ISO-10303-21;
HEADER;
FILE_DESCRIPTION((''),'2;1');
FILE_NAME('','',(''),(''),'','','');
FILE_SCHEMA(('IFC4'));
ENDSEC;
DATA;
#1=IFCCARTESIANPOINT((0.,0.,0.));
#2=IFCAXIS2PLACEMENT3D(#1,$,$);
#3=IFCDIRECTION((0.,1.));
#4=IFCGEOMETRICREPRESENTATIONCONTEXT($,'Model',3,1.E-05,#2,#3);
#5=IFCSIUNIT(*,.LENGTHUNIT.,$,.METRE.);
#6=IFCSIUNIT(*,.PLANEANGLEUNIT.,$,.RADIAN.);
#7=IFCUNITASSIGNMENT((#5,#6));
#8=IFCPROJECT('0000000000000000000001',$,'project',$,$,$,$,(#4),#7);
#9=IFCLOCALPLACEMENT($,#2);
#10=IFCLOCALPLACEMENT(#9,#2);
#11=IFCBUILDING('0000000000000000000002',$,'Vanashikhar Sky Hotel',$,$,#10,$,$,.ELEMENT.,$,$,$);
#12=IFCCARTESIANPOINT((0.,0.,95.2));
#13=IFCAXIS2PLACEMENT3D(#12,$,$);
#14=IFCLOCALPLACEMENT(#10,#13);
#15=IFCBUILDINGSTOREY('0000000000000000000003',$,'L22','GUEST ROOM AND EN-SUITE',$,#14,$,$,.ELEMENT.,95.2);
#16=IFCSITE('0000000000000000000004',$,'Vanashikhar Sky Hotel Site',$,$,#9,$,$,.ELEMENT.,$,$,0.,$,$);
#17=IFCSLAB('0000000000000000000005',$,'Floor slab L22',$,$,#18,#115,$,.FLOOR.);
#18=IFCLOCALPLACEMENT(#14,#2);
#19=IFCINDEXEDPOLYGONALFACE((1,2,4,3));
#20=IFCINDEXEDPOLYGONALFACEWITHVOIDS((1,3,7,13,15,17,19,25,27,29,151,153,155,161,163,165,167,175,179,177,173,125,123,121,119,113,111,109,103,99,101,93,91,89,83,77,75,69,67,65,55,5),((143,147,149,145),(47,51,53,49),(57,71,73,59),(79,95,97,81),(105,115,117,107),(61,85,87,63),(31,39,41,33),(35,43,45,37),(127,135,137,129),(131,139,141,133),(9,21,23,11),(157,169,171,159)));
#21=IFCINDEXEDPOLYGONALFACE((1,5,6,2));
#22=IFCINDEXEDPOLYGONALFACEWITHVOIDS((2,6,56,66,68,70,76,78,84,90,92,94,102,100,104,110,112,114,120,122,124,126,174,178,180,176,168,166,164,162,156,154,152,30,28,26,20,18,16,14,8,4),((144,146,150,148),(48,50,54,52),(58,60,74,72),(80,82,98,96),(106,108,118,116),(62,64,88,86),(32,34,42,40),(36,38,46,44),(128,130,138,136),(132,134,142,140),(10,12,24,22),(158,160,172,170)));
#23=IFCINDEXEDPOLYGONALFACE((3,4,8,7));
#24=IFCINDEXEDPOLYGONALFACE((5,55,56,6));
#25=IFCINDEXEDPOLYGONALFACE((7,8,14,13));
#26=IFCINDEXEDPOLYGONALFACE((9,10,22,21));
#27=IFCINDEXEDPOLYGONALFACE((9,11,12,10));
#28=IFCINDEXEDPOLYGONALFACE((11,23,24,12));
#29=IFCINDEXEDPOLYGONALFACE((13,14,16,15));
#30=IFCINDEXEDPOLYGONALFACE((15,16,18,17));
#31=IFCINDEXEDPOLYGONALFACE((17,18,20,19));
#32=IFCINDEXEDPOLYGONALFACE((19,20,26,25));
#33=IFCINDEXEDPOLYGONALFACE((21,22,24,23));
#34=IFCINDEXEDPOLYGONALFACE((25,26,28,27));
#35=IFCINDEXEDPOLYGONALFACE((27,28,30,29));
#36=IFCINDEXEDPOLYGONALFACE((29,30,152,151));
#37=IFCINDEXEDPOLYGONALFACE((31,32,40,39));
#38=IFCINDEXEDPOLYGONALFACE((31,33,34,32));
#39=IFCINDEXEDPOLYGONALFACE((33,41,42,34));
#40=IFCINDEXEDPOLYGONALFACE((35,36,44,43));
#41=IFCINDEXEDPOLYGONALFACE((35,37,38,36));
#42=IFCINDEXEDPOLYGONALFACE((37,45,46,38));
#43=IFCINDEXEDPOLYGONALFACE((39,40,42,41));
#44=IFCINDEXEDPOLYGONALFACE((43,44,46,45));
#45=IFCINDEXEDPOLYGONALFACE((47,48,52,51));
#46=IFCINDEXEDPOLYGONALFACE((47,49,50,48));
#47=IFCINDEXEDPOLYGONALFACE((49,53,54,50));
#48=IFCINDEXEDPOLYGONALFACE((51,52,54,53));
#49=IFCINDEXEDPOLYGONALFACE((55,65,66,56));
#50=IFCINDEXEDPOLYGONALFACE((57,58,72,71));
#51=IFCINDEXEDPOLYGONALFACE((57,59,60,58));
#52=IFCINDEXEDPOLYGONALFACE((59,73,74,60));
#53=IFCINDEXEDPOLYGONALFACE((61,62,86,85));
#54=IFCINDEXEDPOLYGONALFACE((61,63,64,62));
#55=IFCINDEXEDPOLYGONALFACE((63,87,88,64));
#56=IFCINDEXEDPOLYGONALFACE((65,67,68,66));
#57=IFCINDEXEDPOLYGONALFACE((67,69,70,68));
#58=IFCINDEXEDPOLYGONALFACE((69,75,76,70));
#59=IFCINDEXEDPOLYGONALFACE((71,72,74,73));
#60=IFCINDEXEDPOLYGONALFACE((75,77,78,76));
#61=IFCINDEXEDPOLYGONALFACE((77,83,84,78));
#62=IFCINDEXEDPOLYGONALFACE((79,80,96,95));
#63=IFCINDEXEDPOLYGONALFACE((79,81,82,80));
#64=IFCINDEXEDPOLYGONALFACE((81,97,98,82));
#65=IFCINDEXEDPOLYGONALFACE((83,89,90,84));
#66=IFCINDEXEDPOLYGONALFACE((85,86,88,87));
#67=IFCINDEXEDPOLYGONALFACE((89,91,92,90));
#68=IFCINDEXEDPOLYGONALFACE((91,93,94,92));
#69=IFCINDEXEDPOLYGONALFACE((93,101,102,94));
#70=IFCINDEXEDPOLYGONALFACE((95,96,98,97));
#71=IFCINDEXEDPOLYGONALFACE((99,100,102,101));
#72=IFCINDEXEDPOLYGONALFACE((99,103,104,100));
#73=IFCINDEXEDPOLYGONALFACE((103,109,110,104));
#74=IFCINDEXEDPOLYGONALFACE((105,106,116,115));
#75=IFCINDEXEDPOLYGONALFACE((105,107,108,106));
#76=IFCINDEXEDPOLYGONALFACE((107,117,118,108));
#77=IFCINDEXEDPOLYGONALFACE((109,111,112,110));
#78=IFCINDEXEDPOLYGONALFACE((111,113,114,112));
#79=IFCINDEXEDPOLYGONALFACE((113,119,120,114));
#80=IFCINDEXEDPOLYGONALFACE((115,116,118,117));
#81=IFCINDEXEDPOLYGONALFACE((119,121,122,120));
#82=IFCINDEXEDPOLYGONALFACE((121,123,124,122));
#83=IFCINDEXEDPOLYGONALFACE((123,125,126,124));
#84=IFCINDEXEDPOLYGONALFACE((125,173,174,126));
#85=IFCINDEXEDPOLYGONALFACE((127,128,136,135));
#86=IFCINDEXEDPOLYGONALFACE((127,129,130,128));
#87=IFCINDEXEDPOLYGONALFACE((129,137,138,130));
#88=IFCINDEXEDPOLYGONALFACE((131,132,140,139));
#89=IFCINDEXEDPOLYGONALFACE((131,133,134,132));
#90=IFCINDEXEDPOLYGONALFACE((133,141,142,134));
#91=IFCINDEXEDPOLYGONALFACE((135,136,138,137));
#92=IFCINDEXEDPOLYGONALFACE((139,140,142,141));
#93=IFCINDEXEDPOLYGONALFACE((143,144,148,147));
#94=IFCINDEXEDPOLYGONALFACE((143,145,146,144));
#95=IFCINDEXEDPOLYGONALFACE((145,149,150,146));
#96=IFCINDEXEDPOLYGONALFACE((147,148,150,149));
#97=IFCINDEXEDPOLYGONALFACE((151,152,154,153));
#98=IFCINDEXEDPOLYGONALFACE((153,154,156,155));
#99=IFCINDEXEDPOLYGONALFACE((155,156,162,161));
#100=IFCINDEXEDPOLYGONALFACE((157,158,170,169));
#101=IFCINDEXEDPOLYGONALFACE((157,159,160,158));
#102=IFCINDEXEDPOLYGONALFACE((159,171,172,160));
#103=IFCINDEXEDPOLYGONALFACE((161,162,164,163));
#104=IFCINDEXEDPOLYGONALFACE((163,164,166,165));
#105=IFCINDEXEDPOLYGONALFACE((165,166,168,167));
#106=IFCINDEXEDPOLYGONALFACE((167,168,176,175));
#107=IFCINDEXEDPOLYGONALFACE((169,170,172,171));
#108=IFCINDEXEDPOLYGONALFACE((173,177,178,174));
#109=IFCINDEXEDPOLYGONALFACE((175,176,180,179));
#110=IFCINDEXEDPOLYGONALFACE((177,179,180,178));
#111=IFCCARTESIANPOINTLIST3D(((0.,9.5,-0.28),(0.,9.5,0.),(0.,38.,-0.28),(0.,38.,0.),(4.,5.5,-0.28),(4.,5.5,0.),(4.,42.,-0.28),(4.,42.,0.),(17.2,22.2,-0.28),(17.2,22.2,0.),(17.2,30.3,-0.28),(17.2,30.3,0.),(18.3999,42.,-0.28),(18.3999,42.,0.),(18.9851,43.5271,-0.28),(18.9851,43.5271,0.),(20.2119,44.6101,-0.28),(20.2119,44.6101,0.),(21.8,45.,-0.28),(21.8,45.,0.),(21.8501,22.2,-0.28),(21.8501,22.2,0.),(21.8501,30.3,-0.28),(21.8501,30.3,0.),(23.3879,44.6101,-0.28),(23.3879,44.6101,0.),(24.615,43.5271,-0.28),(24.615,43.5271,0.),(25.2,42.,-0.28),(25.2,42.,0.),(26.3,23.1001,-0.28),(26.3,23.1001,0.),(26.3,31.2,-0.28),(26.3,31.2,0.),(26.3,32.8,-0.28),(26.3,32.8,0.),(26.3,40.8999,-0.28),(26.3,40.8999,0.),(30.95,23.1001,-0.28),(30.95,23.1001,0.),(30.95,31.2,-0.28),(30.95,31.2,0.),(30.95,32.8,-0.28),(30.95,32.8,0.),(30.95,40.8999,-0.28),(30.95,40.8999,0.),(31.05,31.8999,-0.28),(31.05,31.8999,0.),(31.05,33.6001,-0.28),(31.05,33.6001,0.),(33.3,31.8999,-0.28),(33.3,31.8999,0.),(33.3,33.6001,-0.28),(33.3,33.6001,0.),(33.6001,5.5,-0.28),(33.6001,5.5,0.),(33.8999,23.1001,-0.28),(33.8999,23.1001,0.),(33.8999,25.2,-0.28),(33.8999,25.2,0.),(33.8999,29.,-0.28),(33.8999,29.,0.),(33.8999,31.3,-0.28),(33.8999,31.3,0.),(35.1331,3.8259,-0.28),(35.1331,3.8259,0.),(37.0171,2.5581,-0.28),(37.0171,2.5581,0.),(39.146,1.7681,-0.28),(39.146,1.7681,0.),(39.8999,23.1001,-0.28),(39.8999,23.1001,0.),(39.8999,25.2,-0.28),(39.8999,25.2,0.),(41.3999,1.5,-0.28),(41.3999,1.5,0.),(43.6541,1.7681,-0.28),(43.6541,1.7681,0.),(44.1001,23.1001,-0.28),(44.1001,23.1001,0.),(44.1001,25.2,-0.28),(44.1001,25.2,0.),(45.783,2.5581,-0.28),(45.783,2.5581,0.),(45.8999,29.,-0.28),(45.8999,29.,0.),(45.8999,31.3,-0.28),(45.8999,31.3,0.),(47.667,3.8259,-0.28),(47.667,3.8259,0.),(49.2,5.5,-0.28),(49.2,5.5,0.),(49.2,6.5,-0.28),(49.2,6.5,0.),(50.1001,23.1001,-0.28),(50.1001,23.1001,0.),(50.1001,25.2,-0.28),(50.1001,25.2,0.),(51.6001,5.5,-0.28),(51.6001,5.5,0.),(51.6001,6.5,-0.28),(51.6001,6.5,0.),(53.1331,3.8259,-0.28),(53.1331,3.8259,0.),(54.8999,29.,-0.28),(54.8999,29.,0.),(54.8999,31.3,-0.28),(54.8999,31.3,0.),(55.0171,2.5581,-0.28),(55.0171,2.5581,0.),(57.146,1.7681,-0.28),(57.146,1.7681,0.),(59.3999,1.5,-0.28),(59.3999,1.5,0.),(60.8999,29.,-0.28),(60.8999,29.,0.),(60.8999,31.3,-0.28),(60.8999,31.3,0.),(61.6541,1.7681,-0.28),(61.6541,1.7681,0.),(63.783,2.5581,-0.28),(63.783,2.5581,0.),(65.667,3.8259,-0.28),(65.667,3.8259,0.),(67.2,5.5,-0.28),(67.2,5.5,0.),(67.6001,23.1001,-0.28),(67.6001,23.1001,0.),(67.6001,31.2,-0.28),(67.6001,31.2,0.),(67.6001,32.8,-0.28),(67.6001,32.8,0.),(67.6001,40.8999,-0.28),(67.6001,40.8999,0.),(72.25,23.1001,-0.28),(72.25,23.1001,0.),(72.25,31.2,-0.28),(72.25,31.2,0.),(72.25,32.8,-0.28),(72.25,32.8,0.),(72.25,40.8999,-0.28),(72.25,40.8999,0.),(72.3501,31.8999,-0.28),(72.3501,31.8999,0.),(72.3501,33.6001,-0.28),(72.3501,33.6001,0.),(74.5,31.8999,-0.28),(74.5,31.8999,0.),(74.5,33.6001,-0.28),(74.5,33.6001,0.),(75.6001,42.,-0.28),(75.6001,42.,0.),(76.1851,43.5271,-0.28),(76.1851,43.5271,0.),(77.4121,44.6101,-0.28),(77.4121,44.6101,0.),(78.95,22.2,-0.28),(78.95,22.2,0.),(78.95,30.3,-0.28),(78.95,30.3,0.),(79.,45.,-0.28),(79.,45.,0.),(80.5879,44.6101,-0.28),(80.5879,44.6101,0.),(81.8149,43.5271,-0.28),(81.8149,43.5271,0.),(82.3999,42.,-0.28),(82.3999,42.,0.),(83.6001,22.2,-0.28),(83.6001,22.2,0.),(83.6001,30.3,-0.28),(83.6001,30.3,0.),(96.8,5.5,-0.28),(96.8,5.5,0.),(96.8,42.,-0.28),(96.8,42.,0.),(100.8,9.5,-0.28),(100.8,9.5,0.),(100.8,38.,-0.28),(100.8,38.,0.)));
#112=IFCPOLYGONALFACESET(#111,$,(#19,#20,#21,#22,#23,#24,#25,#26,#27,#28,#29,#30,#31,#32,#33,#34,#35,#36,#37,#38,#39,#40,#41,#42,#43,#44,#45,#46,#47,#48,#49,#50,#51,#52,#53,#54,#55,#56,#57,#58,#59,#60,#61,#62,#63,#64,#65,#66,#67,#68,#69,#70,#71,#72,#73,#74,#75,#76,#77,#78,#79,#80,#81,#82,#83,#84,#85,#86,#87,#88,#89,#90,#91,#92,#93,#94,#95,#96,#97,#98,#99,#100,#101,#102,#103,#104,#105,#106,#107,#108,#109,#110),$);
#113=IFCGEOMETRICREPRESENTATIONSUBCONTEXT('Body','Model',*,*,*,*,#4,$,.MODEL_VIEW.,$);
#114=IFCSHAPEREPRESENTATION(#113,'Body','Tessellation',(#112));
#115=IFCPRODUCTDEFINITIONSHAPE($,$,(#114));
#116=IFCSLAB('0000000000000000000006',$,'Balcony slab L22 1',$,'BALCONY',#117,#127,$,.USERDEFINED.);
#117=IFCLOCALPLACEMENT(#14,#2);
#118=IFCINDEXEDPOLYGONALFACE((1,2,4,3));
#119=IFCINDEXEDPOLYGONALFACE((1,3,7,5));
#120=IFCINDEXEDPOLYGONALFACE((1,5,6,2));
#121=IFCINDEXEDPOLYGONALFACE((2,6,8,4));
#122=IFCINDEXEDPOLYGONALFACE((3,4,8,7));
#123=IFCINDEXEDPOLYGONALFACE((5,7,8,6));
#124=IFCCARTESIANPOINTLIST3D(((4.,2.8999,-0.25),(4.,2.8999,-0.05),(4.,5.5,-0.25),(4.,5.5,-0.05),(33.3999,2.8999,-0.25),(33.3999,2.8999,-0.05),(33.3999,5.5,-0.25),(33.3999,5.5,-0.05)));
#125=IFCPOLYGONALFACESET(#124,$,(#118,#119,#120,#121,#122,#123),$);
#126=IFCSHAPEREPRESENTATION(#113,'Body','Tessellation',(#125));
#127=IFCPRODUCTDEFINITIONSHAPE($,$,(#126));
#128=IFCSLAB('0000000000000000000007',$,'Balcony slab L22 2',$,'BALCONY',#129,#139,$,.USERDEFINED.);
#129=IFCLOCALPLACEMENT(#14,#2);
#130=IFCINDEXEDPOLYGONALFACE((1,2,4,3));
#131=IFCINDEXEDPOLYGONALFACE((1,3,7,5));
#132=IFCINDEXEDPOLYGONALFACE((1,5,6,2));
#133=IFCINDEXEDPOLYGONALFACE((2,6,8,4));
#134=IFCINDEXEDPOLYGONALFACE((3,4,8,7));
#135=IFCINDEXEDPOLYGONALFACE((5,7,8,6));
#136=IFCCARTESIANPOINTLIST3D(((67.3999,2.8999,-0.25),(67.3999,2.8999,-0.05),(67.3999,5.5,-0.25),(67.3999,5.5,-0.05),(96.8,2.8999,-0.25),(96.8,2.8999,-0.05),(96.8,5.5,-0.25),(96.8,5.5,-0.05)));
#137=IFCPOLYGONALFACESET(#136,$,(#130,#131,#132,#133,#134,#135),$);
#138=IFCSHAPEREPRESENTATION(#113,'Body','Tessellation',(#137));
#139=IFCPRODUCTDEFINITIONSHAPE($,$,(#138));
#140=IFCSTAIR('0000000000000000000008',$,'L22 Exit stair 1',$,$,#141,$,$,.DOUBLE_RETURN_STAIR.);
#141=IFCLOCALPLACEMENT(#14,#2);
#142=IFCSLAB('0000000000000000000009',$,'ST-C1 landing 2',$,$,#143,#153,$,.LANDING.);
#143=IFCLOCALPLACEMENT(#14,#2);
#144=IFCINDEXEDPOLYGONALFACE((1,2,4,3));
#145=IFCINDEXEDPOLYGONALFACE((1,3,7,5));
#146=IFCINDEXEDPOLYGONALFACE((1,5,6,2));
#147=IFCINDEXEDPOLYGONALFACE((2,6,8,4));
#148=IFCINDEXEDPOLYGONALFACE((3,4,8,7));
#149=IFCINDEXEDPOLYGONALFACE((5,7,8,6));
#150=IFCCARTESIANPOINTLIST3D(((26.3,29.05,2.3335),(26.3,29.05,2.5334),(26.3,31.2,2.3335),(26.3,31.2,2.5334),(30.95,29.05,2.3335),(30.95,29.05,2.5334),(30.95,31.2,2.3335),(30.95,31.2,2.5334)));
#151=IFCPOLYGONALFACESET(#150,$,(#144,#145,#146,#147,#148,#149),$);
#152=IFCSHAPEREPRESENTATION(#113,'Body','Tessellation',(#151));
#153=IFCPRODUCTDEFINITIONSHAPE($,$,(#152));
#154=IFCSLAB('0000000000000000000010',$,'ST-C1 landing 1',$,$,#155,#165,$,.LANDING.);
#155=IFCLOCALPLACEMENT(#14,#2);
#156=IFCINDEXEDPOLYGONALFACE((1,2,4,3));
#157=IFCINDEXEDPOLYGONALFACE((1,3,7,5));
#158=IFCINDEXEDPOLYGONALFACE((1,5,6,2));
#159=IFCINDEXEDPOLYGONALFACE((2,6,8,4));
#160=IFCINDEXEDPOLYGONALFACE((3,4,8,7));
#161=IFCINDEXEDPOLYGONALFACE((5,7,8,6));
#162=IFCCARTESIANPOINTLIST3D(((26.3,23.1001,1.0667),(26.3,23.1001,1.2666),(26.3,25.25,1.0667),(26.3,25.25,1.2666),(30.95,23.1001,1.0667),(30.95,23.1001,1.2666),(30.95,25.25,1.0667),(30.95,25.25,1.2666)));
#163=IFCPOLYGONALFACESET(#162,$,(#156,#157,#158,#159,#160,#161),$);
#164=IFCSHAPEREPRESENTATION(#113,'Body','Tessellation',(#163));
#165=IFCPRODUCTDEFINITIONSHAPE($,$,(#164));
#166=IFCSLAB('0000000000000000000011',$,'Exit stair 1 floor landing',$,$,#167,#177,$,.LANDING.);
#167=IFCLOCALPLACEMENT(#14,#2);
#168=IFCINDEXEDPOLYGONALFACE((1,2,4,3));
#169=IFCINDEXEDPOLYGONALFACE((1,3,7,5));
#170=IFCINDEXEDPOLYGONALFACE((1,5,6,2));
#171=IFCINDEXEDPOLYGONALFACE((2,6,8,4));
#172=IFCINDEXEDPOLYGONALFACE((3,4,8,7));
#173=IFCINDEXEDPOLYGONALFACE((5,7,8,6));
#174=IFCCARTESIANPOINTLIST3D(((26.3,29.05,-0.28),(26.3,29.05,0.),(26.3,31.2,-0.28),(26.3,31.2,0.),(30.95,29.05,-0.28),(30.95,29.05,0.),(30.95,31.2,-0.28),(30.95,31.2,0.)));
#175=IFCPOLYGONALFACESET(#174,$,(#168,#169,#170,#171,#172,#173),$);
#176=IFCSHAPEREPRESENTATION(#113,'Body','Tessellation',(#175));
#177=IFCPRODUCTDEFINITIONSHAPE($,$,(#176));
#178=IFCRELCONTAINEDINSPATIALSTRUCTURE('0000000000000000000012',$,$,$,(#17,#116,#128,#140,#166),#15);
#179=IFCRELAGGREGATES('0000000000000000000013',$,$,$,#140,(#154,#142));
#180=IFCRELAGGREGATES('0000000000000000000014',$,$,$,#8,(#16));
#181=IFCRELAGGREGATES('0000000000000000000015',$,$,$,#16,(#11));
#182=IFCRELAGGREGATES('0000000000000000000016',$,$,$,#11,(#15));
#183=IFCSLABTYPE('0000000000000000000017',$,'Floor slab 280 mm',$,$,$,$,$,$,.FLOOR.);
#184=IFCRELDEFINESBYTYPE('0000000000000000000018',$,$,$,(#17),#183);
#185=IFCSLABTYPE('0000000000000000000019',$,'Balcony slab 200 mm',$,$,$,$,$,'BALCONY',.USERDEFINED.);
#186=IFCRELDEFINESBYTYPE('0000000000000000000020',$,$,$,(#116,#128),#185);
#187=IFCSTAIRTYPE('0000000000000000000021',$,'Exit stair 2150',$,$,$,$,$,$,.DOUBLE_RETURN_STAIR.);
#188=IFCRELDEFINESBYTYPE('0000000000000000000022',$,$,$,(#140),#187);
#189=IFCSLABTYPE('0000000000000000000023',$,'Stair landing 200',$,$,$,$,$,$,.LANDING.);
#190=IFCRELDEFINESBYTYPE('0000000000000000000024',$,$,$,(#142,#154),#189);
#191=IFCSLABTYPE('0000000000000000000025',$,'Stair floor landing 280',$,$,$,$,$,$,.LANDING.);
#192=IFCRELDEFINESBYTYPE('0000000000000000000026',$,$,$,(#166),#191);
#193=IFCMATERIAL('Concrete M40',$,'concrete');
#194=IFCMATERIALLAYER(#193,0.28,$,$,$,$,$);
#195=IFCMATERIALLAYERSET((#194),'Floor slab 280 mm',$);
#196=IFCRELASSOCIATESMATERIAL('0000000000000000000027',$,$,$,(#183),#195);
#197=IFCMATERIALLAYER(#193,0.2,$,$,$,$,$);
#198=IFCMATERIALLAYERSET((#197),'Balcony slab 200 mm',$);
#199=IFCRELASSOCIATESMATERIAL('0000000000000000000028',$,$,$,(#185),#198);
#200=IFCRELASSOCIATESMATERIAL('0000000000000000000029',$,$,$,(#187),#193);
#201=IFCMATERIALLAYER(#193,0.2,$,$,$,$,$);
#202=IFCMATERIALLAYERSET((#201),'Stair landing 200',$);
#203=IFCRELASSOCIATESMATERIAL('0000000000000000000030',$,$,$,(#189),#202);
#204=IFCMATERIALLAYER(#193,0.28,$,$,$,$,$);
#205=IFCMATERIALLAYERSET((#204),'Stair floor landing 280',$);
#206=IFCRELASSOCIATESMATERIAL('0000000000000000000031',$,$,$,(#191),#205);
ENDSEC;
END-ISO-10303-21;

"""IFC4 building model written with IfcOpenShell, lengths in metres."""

from ifc_helpers import new_model, si_unit, direction, frame, origin, place, context, subcontext, project, spatial, polyline, outline, extrude, source, transform, mapped, material, layer, layer_set, type_object, element, aggregate, save


model = new_model("IFC4")

# Units and contexts
model_context = context("Model", 3, precision=1e-05, world=origin(), true_north=direction((0.0, 1.0)))
body_context = subcontext(model_context, "Body", "Model", "MODEL_VIEW")
ifc_project = project(units=[si_unit("LENGTHUNIT", "METRE"), si_unit("PLANEANGLEUNIT", "RADIAN")], contexts=[model_context])

# Site, building, storey
site_placement = place(None, origin())
site = spatial("IfcSite", under=ifc_project, at=site_placement, Name="Vanashikhar Sky Hotel Site", CompositionType="ELEMENT", RefElevation=0.0)
building_placement = place(site_placement, origin())
building = spatial("IfcBuilding", under=site, at=building_placement, Name="Vanashikhar Sky Hotel", CompositionType="ELEMENT")
storey_placement = place(building_placement, frame((0.0, 0.0, 95.2)))
storey = spatial("IfcBuildingStorey", under=building, at=storey_placement, Name="L22", Description="GUEST ROOM AND EN-SUITE", CompositionType="ELEMENT", Elevation=95.2)

# Slabs
ifc_material_1 = material(Name="Concrete M40", Category="concrete")
ifc_layer_1 = layer(ifc_material_1, 0.28)
ifc_layer_set_1 = layer_set([ifc_layer_1], Name="Floor slab 280 mm")
slab_type_1 = type_object("IfcSlabType", Name="Floor slab 280 mm", PredefinedType="FLOOR", material=ifc_layer_set_1)
shared_shape_1 = source(origin(), body_context, "Body", "SweptSolid", [
    extrude(outline(polyline([(49.2, 5.5), (49.2, 6.5), (51.6001, 6.5), (51.6001, 5.5), (53.1331, 3.8259), (55.0171, 2.5581), (57.146, 1.7681), (59.3999, 1.5), (61.6541, 1.7681), (63.783, 2.5581), (65.667, 3.8259), (67.2, 5.5), (96.8, 5.5), (100.8, 9.5), (100.8, 38.0), (96.8, 42.0), (82.3999, 42.0), (81.8149, 43.5271), (80.5879, 44.6101), (79.0, 45.0), (77.4121, 44.6101), (76.1851, 43.5271), (75.6001, 42.0), (25.2, 42.0), (24.615, 43.5271), (23.3879, 44.6101), (21.8, 45.0), (20.2119, 44.6101), (18.9851, 43.5271), (18.3999, 42.0), (4.0, 42.0), (0.0, 38.0), (0.0, 9.5), (4.0, 5.5), (33.6001, 5.5), (35.1331, 3.8259), (37.0171, 2.5581), (39.146, 1.7681), (41.3999, 1.5), (43.6541, 1.7681), (45.783, 2.5581), (47.667, 3.8259), (49.2, 5.5)]), holes=[polyline([(33.3, 33.6001), (31.05, 33.6001), (31.05, 31.8999), (33.3, 31.8999), (33.3, 33.6001)]), polyline([(33.8999, 25.2), (33.8999, 23.1001), (39.8999, 23.1001), (39.8999, 25.2), (33.8999, 25.2)]), polyline([(33.8999, 31.3), (33.8999, 29.0), (45.8999, 29.0), (45.8999, 31.3), (33.8999, 31.3)]), polyline([(44.1001, 25.2), (44.1001, 23.1001), (50.1001, 23.1001), (50.1001, 25.2), (44.1001, 25.2)]), polyline([(54.8999, 31.3), (54.8999, 29.0), (60.8999, 29.0), (60.8999, 31.3), (54.8999, 31.3)]), polyline([(74.5, 33.6001), (72.3501, 33.6001), (72.3501, 31.8999), (74.5, 31.8999), (74.5, 33.6001)]), polyline([(30.95, 23.1001), (30.95, 31.2), (26.3, 31.2), (26.3, 23.1001), (30.95, 23.1001)]), polyline([(72.25, 23.1001), (72.25, 31.2), (67.6001, 31.2), (67.6001, 23.1001), (72.25, 23.1001)]), polyline([(30.95, 32.8), (30.95, 40.8999), (26.3, 40.8999), (26.3, 32.8), (30.95, 32.8)]), polyline([(72.25, 32.8), (72.25, 40.8999), (67.6001, 40.8999), (67.6001, 32.8), (72.25, 32.8)]), polyline([(83.6001, 22.2), (83.6001, 30.3), (78.95, 30.3), (78.95, 22.2), (83.6001, 22.2)]), polyline([(21.8501, 22.2), (21.8501, 30.3), (17.2, 30.3), (17.2, 22.2), (21.8501, 22.2)])]), origin(), (0.0, 0.0, 1.0), 0.28),
])
slab_1_placement = place(storey_placement, frame((0.0, 0.0, -0.28)))
element("IfcSlab", 1, at=slab_1_placement, inside=storey, type_object=slab_type_1, Name="Floor slab L22", PredefinedType="FLOOR", context=body_context, shape_type="MappedRepresentation", body=[
    mapped(shared_shape_1, transform((0.0, 0.0, 0.0), scale=1.0)),
])
ifc_layer_2 = layer(ifc_material_1, 0.2)
ifc_layer_set_2 = layer_set([ifc_layer_2], Name="Balcony slab 200 mm")
slab_type_2 = type_object("IfcSlabType", Name="Balcony slab 200 mm", ElementType="BALCONY", PredefinedType="USERDEFINED", material=ifc_layer_set_2)
shared_shape_2 = source(origin(), body_context, "Body", "SweptSolid", [
    extrude(outline(polyline([(4.0, 2.8999), (33.3999, 2.8999), (33.3999, 5.5), (4.0, 5.5), (4.0, 2.8999)])), origin(), (0.0, 0.0, 1.0), 0.2),
])
slab_2_placement = place(storey_placement, frame((0.0, 0.0, -0.25)))
element("IfcSlab", 2, at=slab_2_placement, inside=storey, type_object=slab_type_2, Name="Balcony slab L22 1", ObjectType="BALCONY", PredefinedType="USERDEFINED", context=body_context, shape_type="MappedRepresentation", body=[
    mapped(shared_shape_2, transform((0.0, 0.0, 0.0), scale=1.0)),
])
shared_shape_3 = source(origin(), body_context, "Body", "SweptSolid", [
    extrude(outline(polyline([(67.3999, 2.8999), (96.8, 2.8999), (96.8, 5.5), (67.3999, 5.5), (67.3999, 2.8999)])), origin(), (0.0, 0.0, 1.0), 0.2),
])
slab_3_placement = place(storey_placement, frame((0.0, 0.0, -0.25)))
element("IfcSlab", 3, at=slab_3_placement, inside=storey, type_object=slab_type_2, Name="Balcony slab L22 2", ObjectType="BALCONY", PredefinedType="USERDEFINED", context=body_context, shape_type="MappedRepresentation", body=[
    mapped(shared_shape_3, transform((0.0, 0.0, 0.0), scale=1.0)),
])

# Stair, slabs
stair_type = type_object("IfcStairType", Name="Exit stair 2150", PredefinedType="DOUBLE_RETURN_STAIR", material=ifc_material_1)
stair_1_placement = place(storey_placement, origin())
stair_1 = element("IfcStair", 4, at=stair_1_placement, inside=storey, type_object=stair_type, Name="L22 Exit stair 1", PredefinedType="DOUBLE_RETURN_STAIR")
ifc_layer_3 = layer(ifc_material_1, 0.2)
ifc_layer_set_3 = layer_set([ifc_layer_3], Name="Stair landing 200")
slab_type_3 = type_object("IfcSlabType", Name="Stair landing 200", PredefinedType="LANDING", material=ifc_layer_set_3)
shared_shape_4 = source(origin(), body_context, "Body", "SweptSolid", [
    extrude(outline(polyline([(30.95, 29.05), (30.95, 31.2), (26.3, 31.2), (26.3, 29.05), (30.95, 29.05)])), origin(), (0.0, 0.0, 1.0), 0.2),
])
slab_4_placement = place(storey_placement, frame((0.0, 0.0, 2.3335)))
slab_4 = element("IfcSlab", 5, at=slab_4_placement, type_object=slab_type_3, Name="ST-C1 landing 2", PredefinedType="LANDING", context=body_context, shape_type="MappedRepresentation", body=[
    mapped(shared_shape_4, transform((0.0, 0.0, 0.0), scale=1.0)),
])
shared_shape_5 = source(origin(), body_context, "Body", "SweptSolid", [
    extrude(outline(polyline([(30.95, 23.1001), (30.95, 25.25), (26.3, 25.25), (26.3, 23.1001), (30.95, 23.1001)])), origin(), (0.0, 0.0, 1.0), 0.2),
])
slab_5_placement = place(storey_placement, frame((0.0, 0.0, 1.0667)))
slab_5 = element("IfcSlab", 6, at=slab_5_placement, type_object=slab_type_3, Name="ST-C1 landing 1", PredefinedType="LANDING", context=body_context, shape_type="MappedRepresentation", body=[
    mapped(shared_shape_5, transform((0.0, 0.0, 0.0), scale=1.0)),
])
aggregate(stair_1, [slab_5, slab_4])

# Slab
ifc_layer_4 = layer(ifc_material_1, 0.28)
ifc_layer_set_4 = layer_set([ifc_layer_4], Name="Stair floor landing 280")
slab_type_4 = type_object("IfcSlabType", Name="Stair floor landing 280", PredefinedType="LANDING", material=ifc_layer_set_4)
shared_shape_6 = source(origin(), body_context, "Body", "SweptSolid", [
    extrude(outline(polyline([(30.95, 29.05), (30.95, 31.2), (26.3, 31.2), (26.3, 29.05), (30.95, 29.05)])), origin(), (0.0, 0.0, 1.0), 0.28),
])
slab_6_placement = place(storey_placement, frame((0.0, 0.0, -0.28)))
element("IfcSlab", 7, at=slab_6_placement, inside=storey, type_object=slab_type_4, Name="Exit stair 1 floor landing", PredefinedType="LANDING", context=body_context, shape_type="MappedRepresentation", body=[
    mapped(shared_shape_6, transform((0.0, 0.0, 0.0), scale=1.0)),
])

save(model, "model.ifc")
